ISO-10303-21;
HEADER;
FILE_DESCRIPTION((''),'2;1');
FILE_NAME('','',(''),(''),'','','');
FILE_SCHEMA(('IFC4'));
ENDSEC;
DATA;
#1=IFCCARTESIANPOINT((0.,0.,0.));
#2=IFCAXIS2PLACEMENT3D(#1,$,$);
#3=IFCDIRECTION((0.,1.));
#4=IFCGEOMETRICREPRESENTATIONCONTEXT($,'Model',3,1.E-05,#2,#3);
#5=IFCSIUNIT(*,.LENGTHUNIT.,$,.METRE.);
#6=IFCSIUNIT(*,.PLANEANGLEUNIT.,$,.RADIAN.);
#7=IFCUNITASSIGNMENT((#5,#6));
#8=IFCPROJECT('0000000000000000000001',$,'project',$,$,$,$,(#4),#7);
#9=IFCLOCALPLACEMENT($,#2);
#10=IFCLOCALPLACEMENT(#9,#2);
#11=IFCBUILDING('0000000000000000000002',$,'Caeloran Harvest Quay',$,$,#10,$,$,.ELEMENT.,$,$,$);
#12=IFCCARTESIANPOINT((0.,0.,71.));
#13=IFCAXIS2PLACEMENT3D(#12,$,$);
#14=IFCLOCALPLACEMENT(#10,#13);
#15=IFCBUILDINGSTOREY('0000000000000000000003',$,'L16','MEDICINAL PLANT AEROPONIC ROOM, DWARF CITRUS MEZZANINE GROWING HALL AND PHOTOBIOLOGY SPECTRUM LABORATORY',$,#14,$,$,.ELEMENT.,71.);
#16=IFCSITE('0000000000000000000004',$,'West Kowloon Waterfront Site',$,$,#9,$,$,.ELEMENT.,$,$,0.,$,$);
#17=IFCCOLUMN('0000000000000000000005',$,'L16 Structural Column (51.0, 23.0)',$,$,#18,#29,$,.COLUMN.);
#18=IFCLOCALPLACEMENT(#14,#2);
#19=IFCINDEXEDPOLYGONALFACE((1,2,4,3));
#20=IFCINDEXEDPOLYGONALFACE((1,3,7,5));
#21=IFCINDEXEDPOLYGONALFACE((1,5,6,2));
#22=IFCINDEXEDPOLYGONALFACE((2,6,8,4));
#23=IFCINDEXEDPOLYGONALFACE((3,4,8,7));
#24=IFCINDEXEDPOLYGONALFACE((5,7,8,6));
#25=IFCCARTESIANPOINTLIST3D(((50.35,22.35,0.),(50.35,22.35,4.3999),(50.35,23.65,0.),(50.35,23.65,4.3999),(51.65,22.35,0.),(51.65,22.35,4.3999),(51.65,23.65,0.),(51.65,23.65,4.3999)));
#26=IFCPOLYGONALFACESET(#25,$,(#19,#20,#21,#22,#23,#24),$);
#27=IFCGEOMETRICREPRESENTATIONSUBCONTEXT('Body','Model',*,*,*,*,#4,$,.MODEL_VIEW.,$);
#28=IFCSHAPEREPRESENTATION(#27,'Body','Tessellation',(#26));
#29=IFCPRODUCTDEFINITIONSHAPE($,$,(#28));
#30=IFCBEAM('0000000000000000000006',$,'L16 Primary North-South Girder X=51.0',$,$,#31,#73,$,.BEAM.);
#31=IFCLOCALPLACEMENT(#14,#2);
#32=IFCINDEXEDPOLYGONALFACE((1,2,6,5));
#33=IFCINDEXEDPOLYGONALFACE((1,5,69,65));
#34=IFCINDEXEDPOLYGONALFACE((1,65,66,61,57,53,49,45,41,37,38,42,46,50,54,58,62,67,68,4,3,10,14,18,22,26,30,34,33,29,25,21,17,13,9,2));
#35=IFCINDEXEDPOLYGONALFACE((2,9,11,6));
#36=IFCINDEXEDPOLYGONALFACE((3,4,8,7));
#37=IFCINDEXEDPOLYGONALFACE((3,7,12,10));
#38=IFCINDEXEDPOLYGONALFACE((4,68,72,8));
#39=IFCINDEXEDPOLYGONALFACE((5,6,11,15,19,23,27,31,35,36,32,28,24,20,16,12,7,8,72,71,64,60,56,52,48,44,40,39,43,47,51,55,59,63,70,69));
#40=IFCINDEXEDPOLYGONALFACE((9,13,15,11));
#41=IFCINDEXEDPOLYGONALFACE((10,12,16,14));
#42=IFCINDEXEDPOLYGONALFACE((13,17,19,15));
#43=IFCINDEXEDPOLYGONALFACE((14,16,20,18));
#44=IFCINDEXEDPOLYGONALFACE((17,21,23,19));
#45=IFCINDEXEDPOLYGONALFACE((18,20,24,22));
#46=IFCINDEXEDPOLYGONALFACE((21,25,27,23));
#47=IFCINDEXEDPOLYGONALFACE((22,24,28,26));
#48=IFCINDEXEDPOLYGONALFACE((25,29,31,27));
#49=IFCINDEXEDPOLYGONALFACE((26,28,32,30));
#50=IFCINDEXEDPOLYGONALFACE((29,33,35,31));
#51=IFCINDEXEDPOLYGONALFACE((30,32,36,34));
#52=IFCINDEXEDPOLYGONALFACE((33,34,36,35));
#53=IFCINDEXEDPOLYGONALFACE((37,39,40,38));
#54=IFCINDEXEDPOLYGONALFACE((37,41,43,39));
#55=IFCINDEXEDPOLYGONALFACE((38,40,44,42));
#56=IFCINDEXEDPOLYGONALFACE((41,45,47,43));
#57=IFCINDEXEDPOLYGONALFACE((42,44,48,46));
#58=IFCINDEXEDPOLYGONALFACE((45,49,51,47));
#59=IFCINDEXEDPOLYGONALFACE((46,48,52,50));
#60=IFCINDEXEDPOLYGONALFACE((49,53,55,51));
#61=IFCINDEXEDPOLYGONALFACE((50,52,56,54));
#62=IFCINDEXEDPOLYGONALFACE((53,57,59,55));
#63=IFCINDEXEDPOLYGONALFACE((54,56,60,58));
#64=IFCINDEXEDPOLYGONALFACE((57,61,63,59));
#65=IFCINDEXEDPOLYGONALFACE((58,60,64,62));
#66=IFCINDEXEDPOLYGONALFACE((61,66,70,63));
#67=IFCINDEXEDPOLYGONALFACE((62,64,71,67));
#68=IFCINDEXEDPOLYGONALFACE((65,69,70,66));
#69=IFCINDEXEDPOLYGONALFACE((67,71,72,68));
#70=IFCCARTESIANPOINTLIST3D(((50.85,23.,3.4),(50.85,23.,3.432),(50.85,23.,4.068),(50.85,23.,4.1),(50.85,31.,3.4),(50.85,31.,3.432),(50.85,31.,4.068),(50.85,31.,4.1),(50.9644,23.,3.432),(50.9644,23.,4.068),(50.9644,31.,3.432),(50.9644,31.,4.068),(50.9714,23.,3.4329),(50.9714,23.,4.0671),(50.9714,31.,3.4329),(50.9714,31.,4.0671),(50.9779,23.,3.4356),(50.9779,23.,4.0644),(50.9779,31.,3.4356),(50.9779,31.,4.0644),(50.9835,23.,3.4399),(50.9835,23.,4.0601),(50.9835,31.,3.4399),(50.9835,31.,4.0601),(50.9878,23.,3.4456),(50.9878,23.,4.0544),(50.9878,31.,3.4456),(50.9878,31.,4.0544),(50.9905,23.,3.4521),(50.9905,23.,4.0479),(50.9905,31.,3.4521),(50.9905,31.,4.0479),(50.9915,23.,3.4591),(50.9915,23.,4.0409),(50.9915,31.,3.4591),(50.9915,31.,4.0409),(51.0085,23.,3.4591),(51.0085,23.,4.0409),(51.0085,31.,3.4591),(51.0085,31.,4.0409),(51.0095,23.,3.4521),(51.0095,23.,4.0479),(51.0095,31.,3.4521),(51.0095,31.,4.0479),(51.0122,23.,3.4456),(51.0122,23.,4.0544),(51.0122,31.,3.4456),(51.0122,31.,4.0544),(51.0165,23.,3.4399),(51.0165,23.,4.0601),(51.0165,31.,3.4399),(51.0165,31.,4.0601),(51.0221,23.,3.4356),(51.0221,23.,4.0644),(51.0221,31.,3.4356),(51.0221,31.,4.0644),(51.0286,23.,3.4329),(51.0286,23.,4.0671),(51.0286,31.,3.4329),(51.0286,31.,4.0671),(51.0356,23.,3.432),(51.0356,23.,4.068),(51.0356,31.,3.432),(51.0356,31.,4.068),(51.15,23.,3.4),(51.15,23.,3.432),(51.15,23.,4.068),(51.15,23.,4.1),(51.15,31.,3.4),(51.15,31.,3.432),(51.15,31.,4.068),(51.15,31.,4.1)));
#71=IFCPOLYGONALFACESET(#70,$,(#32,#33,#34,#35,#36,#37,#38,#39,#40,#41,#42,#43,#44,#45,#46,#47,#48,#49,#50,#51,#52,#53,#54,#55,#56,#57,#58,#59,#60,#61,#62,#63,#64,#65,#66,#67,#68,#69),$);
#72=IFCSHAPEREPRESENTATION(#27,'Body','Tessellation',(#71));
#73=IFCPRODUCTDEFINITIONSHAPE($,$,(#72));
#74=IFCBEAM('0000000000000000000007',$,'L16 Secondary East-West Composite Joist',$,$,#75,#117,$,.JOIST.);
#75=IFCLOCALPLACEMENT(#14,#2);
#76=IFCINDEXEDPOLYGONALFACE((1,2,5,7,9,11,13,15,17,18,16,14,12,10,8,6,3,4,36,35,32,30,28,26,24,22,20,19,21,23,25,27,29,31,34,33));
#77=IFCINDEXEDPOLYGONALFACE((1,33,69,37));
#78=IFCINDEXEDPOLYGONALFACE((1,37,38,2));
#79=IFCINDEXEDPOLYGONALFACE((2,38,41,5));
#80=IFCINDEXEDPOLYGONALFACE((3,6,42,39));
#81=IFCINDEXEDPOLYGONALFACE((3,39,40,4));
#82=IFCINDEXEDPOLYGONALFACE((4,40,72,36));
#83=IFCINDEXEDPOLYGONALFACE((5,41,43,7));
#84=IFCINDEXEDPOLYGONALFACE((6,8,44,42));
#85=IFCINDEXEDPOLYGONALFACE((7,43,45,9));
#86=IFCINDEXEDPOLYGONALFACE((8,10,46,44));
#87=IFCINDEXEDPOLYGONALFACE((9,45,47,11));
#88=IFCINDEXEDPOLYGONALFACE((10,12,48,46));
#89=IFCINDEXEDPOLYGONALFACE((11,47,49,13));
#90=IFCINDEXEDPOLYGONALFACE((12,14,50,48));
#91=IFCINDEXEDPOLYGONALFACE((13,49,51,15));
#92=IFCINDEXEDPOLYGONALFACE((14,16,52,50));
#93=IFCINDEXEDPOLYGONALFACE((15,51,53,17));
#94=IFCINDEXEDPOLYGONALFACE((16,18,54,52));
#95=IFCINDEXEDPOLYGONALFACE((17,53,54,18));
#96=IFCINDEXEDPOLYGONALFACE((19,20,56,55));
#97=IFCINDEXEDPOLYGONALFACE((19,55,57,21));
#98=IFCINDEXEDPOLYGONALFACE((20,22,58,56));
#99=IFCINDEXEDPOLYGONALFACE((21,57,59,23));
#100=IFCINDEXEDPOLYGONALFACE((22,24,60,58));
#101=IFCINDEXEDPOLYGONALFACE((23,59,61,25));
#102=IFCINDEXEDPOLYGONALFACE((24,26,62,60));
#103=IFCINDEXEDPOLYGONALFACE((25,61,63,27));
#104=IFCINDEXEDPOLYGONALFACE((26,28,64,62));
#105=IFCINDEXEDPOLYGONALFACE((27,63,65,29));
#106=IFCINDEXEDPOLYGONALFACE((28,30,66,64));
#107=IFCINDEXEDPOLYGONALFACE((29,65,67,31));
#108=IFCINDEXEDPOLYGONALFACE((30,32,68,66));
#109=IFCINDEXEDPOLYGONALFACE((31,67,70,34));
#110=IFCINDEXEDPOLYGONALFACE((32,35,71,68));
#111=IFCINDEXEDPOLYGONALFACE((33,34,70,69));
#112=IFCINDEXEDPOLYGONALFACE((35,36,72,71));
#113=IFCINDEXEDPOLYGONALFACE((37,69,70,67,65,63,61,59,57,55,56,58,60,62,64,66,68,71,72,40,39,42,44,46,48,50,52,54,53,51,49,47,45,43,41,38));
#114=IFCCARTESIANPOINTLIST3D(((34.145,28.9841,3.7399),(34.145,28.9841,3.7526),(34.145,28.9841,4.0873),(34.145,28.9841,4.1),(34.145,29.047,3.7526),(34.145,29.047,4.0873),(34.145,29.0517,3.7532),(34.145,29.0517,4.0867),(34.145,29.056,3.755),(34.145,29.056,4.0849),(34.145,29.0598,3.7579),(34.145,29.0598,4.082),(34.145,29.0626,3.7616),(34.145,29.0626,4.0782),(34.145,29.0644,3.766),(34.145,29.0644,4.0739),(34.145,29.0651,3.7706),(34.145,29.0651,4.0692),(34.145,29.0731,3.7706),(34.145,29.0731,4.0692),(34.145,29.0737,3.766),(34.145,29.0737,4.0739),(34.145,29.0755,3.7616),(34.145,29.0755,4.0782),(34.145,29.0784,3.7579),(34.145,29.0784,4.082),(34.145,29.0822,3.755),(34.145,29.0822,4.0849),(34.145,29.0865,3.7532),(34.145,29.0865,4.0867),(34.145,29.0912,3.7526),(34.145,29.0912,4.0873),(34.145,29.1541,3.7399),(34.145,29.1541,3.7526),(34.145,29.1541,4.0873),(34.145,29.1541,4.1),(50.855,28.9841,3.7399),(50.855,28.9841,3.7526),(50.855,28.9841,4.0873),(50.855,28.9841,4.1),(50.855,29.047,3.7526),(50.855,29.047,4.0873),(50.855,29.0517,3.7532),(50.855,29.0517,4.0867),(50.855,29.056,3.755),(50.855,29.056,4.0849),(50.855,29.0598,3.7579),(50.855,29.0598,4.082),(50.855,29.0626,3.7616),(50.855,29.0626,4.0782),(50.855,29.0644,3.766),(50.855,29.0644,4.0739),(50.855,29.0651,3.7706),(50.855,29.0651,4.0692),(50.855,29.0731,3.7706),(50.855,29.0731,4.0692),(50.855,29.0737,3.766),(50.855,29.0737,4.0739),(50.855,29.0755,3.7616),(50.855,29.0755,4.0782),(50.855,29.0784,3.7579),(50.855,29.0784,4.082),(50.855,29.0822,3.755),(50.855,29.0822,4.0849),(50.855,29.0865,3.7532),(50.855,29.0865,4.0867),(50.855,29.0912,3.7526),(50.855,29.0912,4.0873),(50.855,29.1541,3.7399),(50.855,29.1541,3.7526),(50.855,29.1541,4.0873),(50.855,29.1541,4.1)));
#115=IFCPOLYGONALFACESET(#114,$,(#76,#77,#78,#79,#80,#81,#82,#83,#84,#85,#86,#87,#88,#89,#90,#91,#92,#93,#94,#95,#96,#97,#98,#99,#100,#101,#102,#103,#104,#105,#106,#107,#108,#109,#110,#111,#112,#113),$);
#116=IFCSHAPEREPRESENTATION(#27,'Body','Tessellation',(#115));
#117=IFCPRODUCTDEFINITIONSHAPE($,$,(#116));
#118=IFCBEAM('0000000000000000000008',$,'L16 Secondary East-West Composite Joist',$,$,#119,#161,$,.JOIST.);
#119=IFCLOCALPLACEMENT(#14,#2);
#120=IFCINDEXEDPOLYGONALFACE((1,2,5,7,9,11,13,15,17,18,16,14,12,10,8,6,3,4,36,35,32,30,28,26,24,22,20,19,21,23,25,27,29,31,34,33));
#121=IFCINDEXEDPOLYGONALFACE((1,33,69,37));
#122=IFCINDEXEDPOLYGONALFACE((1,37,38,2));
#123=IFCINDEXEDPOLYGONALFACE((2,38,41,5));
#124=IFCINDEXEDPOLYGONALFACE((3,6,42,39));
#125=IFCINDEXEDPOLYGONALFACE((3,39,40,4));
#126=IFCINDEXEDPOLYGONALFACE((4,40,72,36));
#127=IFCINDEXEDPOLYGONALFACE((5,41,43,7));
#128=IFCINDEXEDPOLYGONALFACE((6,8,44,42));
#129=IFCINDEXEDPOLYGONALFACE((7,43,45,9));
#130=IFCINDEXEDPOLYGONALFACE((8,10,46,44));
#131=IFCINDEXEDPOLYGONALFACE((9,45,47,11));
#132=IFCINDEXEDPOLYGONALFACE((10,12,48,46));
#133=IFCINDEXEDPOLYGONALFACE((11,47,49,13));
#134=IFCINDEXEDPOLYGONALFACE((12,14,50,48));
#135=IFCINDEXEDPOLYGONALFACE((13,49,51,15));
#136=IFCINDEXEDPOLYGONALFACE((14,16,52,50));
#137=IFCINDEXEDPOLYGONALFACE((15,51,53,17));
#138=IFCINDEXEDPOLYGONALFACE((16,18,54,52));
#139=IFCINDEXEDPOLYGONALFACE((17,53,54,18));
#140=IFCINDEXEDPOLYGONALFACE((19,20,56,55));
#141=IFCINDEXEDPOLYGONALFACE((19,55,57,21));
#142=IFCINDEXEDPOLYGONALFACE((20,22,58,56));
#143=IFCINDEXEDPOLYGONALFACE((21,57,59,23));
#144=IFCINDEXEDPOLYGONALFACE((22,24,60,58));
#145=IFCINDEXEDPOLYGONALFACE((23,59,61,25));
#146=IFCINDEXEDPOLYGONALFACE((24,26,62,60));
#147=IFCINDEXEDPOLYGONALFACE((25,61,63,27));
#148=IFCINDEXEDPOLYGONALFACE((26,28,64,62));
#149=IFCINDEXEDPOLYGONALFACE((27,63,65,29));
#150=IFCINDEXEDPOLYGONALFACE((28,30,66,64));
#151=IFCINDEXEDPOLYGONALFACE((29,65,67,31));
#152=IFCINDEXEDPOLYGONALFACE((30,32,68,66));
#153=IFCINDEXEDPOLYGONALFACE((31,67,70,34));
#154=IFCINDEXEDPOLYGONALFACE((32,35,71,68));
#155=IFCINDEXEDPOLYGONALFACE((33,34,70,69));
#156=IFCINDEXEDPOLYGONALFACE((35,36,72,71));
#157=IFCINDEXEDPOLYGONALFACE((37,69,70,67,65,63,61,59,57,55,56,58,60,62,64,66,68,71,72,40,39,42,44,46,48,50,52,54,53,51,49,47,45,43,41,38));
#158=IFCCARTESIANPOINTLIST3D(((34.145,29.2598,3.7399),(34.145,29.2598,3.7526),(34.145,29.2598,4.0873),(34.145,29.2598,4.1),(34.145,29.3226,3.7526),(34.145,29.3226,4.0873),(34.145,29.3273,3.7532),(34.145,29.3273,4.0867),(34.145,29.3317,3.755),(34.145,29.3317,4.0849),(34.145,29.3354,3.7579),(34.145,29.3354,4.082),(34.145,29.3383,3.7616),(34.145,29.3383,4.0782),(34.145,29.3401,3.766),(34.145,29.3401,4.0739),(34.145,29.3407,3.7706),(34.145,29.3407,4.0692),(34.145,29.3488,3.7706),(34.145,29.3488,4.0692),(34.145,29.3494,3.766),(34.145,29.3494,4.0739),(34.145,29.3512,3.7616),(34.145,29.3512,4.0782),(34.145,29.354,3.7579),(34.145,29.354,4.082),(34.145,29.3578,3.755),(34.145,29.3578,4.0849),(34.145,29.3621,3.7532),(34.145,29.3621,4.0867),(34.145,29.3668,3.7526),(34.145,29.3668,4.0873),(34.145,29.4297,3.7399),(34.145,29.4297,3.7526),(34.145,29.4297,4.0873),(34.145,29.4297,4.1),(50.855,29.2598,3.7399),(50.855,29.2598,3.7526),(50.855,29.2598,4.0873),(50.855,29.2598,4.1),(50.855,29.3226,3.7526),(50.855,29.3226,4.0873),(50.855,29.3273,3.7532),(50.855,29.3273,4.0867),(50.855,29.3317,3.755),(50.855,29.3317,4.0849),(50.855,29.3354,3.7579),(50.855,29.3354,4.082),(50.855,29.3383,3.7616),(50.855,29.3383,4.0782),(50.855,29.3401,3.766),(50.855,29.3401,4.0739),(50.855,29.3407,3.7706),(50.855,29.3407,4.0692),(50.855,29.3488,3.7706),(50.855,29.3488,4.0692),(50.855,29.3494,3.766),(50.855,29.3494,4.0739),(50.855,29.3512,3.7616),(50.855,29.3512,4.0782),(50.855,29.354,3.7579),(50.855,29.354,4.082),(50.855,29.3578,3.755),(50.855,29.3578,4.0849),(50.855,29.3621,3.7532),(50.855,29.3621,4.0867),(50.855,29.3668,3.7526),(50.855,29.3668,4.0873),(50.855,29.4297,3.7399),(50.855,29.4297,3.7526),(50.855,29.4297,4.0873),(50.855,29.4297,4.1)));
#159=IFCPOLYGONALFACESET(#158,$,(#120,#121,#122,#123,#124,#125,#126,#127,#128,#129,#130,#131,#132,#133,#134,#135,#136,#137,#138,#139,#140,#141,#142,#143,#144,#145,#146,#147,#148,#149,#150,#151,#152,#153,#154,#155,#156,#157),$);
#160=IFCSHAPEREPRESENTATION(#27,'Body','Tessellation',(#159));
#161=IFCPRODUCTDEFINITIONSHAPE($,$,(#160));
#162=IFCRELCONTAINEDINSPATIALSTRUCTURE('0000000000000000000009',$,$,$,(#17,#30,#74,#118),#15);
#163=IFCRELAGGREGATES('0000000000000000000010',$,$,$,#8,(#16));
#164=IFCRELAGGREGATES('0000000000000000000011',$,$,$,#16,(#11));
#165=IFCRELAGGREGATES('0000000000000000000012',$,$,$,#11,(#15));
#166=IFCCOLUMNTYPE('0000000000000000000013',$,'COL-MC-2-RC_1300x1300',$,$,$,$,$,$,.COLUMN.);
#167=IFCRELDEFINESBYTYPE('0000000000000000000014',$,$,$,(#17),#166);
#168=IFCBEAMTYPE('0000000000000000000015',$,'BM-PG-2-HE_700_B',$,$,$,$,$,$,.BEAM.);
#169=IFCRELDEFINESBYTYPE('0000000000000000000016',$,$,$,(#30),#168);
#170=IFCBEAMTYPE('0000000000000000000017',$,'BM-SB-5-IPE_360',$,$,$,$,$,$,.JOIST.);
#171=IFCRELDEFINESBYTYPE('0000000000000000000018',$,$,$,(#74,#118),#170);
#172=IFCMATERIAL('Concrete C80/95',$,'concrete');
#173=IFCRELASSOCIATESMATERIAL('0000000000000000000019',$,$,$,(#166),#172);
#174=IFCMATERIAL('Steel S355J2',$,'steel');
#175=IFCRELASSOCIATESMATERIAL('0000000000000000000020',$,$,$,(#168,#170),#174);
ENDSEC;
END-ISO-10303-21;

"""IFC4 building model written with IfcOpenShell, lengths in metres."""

from ifc_helpers import new_model, si_unit, direction, frame, origin, origin_2d, place, context, subcontext, project, spatial, rectangle, i_section, extrude, material, material_profile, profile_set, type_object, element, save


model = new_model("IFC4")

# Units and contexts
model_context = context("Model", 3, precision=1e-05, world=origin(), true_north=direction((0.0, 1.0)))
body_context = subcontext(model_context, "Body", "Model", "MODEL_VIEW")
ifc_project = project(units=[si_unit("LENGTHUNIT", "METRE"), si_unit("PLANEANGLEUNIT", "RADIAN")], contexts=[model_context])

# Site, building, storey
site_placement = place(None, origin())
site = spatial("IfcSite", under=ifc_project, at=site_placement, Name="West Kowloon Waterfront Site", CompositionType="ELEMENT", RefElevation=0.0)
building_placement = place(site_placement, origin())
building = spatial("IfcBuilding", under=site, at=building_placement, Name="Caeloran Harvest Quay", CompositionType="ELEMENT")
storey_placement = place(building_placement, frame((0.0, 0.0, 71.0)))
storey = spatial("IfcBuildingStorey", under=building, at=storey_placement, Name="L16", Description="MEDICINAL PLANT AEROPONIC ROOM, DWARF CITRUS MEZZANINE GROWING HALL AND PHOTOBIOLOGY SPECTRUM LABORATORY", CompositionType="ELEMENT", Elevation=71.0)

# Column
ifc_material_1 = material(Name="Concrete C80/95", Category="concrete")
ifc_material_profile_1 = material_profile(ifc_material_1, rectangle(XDim=1.3, YDim=1.3, at=origin_2d()), Name="RC 1300x1300")
ifc_profile_set_1 = profile_set([ifc_material_profile_1], Name="Concrete C80/95")
column_type = type_object("IfcColumnType", Name="COL-MC-2-RC_1300x1300", PredefinedType="COLUMN", material=ifc_profile_set_1)
column_placement = place(storey_placement, frame((51.0, 23.0, 0.0), z_axis=(0.0, 0.0, 1.0), x_axis=(1.0, 0.0, 0.0)))
element("IfcColumn", 1, at=column_placement, inside=storey, type_object=column_type, Name="L16 Structural Column (51.0, 23.0)", PredefinedType="COLUMN", context=body_context, shape_type="SweptSolid", body=[
    extrude(rectangle(XDim=1.3, YDim=1.3, at=origin_2d()), origin(), (0.0, 0.0, 1.0), 4.3999),
])

# Beams
ifc_material_2 = material(Name="Steel S355J2", Category="steel")
ifc_material_profile_2 = material_profile(ifc_material_2, i_section(OverallWidth=0.3, OverallDepth=0.7, WebThickness=0.0171, FlangeThickness=0.032, FilletRadius=0.0271, at=origin_2d()), Name="HE 700 B")
ifc_profile_set_2 = profile_set([ifc_material_profile_2], Name="Steel S355J2")
beam_type_1 = type_object("IfcBeamType", Name="BM-PG-2-HE_700_B", PredefinedType="BEAM", material=ifc_profile_set_2)
beam_placement = place(storey_placement, frame((51.0, 23.0, 3.75), z_axis=(0.0, 1.0, 0.0), x_axis=(-1.0, 0.0, 0.0)))
element("IfcBeam", 2, at=beam_placement, inside=storey, type_object=beam_type_1, Name="L16 Primary North-South Girder X=51.0", PredefinedType="BEAM", context=body_context, shape_type="SweptSolid", body=[
    extrude(i_section(OverallWidth=0.3, OverallDepth=0.7, WebThickness=0.0171, FlangeThickness=0.032, FilletRadius=0.0271, at=origin_2d()), origin(), (0.0, 0.0, 1.0), 8.0),
])
ifc_material_profile_3 = material_profile(ifc_material_2, i_section(OverallWidth=0.1699, OverallDepth=0.3601, WebThickness=0.0081, FlangeThickness=0.0127, FilletRadius=0.0181, at=origin_2d()), Name="IPE 360")
ifc_profile_set_3 = profile_set([ifc_material_profile_3], Name="Steel S355J2")
beam_type_2 = type_object("IfcBeamType", Name="BM-SB-5-IPE_360", PredefinedType="JOIST", material=ifc_profile_set_3)
for number, where, z_axis, x_axis, name in (
    (3, (34.145, 29.0691, 3.9199), (1.0, 0.0, 0.0), (0.0, 1.0, 0.0), "L16 Secondary East-West Composite Joist"),
    (4, (34.145, 29.3447, 3.9199), (1.0, 0.0, 0.0), (0.0, 1.0, 0.0), "L16 Secondary East-West Composite Joist"),
):
    element("IfcBeam", number, at=place(storey_placement, frame(where, z_axis=z_axis, x_axis=x_axis)), inside=storey, type_object=beam_type_2, Name=name, PredefinedType="JOIST", context=body_context, shape_type="SweptSolid", body=[
        extrude(i_section(OverallWidth=0.1699, OverallDepth=0.3601, WebThickness=0.0081, FlangeThickness=0.0127, FilletRadius=0.0181, at=origin_2d()), origin(), (0.0, 0.0, 1.0), 16.71),
    ])

save(model, "model.ifc")
